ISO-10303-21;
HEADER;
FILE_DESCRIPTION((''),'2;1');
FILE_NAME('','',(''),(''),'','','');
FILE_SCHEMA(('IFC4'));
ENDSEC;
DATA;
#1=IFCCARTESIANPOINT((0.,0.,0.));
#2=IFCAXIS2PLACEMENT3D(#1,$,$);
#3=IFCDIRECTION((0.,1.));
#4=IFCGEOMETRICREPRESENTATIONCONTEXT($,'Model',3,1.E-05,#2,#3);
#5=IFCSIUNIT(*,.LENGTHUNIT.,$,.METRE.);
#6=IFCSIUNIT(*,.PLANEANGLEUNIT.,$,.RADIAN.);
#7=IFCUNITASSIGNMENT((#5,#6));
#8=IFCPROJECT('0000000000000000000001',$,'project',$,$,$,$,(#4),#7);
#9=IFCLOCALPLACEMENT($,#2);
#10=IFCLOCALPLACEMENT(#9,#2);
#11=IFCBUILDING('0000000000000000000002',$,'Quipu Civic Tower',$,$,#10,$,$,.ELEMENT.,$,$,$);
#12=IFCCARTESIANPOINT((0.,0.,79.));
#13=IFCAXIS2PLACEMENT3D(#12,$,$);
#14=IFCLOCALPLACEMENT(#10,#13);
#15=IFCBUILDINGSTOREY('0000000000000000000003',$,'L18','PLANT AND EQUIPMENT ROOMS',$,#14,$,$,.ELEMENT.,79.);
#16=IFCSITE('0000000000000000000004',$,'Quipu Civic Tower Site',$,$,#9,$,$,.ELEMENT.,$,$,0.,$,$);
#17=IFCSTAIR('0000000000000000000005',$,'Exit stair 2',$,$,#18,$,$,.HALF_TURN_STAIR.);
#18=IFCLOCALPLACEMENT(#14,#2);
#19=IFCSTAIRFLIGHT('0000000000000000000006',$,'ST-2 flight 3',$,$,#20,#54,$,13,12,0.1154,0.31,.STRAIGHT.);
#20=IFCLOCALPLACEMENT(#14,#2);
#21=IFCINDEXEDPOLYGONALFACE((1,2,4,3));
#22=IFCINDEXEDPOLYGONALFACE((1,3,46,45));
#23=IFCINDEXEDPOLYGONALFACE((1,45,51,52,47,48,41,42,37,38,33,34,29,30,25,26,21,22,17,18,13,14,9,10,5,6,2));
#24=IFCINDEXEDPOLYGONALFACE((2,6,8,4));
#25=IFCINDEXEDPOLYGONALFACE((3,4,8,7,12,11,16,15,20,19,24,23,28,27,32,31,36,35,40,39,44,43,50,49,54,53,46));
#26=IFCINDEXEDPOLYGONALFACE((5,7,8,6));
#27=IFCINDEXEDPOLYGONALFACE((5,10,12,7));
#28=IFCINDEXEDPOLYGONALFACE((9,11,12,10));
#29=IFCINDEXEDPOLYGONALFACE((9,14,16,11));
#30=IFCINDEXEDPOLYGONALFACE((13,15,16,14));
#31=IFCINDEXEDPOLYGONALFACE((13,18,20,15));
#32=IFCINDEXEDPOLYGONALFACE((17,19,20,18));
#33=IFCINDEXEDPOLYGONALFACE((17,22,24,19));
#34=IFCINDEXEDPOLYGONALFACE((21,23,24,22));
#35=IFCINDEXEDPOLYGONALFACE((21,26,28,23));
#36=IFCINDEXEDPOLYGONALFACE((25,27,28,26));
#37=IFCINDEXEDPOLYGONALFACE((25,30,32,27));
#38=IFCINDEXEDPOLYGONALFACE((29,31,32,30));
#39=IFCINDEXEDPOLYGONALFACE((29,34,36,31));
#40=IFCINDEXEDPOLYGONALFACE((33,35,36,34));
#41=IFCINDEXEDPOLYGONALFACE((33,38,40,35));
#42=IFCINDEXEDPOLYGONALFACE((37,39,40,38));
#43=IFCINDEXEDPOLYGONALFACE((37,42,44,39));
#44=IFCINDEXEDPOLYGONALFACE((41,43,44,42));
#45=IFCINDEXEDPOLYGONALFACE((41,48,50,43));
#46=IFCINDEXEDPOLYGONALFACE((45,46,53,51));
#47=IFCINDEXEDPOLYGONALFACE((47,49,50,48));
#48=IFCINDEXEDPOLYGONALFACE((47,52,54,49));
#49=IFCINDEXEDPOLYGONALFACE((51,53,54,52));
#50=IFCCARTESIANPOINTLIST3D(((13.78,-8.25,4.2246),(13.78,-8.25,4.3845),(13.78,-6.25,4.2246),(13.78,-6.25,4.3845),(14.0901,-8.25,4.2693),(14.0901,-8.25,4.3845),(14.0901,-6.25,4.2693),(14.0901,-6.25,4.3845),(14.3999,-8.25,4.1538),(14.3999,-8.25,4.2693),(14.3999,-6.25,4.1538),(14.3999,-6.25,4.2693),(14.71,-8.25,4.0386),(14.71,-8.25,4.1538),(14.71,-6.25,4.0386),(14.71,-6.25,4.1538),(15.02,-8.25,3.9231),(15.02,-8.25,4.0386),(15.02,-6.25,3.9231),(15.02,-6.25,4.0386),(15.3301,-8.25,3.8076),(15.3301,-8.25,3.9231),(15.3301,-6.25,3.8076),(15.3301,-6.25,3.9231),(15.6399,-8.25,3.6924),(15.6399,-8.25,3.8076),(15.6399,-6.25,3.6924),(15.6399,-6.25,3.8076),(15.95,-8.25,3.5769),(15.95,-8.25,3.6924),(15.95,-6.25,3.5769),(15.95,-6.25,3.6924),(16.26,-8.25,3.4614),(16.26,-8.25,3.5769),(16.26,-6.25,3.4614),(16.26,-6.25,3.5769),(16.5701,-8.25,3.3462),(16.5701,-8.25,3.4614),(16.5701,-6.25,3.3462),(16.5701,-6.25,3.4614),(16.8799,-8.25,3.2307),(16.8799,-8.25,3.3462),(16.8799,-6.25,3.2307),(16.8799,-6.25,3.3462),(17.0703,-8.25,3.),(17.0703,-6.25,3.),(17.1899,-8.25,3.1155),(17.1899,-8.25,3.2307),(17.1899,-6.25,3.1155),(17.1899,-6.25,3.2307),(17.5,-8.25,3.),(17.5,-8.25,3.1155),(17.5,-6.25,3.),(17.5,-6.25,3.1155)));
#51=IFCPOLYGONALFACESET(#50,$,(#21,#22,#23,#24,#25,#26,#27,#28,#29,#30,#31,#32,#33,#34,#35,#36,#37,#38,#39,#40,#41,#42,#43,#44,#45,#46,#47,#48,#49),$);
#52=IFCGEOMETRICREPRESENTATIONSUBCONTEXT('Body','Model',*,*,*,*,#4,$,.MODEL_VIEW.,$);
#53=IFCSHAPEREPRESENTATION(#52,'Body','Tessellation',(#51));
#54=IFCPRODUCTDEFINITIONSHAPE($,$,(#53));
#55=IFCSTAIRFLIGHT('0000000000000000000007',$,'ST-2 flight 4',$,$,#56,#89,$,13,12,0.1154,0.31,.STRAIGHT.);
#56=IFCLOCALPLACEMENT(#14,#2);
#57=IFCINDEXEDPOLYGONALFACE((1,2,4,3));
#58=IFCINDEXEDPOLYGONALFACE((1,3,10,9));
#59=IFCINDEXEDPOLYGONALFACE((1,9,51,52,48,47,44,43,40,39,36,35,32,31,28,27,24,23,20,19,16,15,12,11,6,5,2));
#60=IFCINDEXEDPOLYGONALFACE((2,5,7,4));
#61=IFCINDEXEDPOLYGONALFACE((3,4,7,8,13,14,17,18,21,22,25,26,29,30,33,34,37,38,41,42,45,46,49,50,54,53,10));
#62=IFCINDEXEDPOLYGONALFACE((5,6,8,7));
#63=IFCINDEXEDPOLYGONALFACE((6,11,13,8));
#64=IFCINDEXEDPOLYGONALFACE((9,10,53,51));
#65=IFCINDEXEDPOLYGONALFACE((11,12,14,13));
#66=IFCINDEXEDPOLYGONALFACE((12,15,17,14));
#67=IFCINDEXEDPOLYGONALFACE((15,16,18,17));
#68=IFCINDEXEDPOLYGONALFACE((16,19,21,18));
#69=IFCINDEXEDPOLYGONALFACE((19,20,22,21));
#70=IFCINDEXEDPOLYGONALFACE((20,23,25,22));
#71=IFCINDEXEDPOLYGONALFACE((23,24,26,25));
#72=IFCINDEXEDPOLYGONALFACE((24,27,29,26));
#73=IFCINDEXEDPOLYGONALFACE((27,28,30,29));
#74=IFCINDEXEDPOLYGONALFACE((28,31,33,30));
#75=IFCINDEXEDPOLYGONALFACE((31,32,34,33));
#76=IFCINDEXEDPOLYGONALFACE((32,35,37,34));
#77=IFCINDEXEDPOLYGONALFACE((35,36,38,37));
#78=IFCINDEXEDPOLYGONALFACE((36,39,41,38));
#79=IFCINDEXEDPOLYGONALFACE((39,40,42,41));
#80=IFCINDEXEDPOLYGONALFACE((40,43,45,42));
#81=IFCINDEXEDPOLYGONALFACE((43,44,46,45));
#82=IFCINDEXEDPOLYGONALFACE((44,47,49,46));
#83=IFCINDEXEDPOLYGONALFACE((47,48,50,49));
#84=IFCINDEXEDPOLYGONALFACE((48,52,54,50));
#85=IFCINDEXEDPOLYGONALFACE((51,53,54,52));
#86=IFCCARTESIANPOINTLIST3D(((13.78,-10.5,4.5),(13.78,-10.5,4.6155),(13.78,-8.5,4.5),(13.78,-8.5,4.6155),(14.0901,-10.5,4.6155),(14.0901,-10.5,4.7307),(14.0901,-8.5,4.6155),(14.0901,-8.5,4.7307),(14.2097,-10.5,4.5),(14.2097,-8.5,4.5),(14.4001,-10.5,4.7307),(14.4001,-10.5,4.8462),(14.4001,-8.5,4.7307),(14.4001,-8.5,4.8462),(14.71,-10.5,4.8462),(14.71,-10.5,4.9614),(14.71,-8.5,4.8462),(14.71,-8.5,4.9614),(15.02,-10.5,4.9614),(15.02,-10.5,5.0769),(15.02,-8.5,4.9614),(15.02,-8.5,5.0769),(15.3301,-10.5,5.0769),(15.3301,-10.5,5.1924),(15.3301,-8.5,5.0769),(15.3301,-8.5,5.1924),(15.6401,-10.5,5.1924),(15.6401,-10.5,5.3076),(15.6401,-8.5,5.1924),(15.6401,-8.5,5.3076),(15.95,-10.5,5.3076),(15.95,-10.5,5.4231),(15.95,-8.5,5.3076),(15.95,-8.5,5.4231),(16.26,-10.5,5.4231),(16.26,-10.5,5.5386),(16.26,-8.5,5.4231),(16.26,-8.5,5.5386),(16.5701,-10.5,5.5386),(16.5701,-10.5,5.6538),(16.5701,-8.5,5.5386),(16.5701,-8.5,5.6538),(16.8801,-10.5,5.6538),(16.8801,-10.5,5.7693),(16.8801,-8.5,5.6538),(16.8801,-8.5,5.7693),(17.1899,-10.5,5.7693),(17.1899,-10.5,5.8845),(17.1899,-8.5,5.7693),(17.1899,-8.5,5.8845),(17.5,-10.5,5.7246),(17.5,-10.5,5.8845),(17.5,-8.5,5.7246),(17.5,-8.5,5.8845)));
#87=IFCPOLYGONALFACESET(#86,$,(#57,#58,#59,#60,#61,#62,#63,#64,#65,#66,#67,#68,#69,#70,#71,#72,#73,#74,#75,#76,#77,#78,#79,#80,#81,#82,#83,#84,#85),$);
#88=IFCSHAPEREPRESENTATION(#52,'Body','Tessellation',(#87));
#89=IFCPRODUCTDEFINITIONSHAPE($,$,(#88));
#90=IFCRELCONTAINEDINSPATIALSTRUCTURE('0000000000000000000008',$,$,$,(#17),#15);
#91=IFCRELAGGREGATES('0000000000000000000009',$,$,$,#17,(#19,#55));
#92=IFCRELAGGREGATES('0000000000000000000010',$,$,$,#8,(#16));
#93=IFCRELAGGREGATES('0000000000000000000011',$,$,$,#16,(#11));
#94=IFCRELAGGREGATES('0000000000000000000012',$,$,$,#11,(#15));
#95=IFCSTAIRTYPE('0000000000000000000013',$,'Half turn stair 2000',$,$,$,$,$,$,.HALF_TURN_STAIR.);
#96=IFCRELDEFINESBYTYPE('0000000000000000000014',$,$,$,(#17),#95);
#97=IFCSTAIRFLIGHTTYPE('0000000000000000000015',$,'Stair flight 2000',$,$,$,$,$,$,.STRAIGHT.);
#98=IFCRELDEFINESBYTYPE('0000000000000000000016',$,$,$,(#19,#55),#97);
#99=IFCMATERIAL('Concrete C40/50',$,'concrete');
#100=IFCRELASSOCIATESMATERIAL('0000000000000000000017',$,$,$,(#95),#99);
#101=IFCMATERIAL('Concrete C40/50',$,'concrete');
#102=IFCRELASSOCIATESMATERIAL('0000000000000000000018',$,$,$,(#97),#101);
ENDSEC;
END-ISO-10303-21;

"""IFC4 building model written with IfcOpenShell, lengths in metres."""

from ifc_helpers import new_model, si_unit, direction, frame, origin, place, context, subcontext, project, spatial, polyline, outline, extrude, material, type_object, element, aggregate, save


model = new_model("IFC4")

# Units and contexts
model_context = context("Model", 3, precision=1e-05, world=origin(), true_north=direction((0.0, 1.0)))
body_context = subcontext(model_context, "Body", "Model", "MODEL_VIEW")
ifc_project = project(units=[si_unit("LENGTHUNIT", "METRE"), si_unit("PLANEANGLEUNIT", "RADIAN")], contexts=[model_context])

# Site, building, storey
site_placement = place(None, origin())
site = spatial("IfcSite", under=ifc_project, at=site_placement, Name="Quipu Civic Tower Site", CompositionType="ELEMENT", RefElevation=0.0)
building_placement = place(site_placement, origin())
building = spatial("IfcBuilding", under=site, at=building_placement, Name="Quipu Civic Tower", CompositionType="ELEMENT")
storey_placement = place(building_placement, frame((0.0, 0.0, 79.0)))
storey = spatial("IfcBuildingStorey", under=building, at=storey_placement, Name="L18", Description="PLANT AND EQUIPMENT ROOMS", CompositionType="ELEMENT", Elevation=79.0)

# Stair, stair flights
ifc_material_1 = material(Name="Concrete C40/50", Category="concrete")
stair_type = type_object("IfcStairType", Name="Half turn stair 2000", PredefinedType="HALF_TURN_STAIR", material=ifc_material_1)
stair_placement = place(storey_placement, origin())
stair = element("IfcStair", 1, at=stair_placement, inside=storey, type_object=stair_type, Name="Exit stair 2", PredefinedType="HALF_TURN_STAIR")
ifc_material_2 = material(Name="Concrete C40/50", Category="concrete")
stair_flight_type = type_object("IfcStairFlightType", Name="Stair flight 2000", PredefinedType="STRAIGHT", material=ifc_material_2)
stair_flight_1_placement = place(storey_placement, frame((17.5, -7.25, 3.0), z_axis=(0.0, 0.0, 1.0), x_axis=(-1.0, 0.0, 0.0)))
stair_flight_1 = element("IfcStairFlight", 2, at=stair_flight_1_placement, type_object=stair_flight_type, Name="ST-2 flight 3", NumberOfRisers=13, NumberOfTreads=12, PredefinedType="STRAIGHT", RiserHeight=0.1154, TreadLength=0.31, context=body_context, shape_type="SweptSolid", body=[
    extrude(outline(polyline([(0.0, 0.0), (0.0, 0.1155), (0.3101, 0.1155), (0.3101, 0.2307), (0.6201, 0.2307), (0.6201, 0.3462), (0.9299, 0.3462), (0.9299, 0.4614), (1.24, 0.4614), (1.24, 0.5769), (1.55, 0.5769), (1.55, 0.6924), (1.8601, 0.6924), (1.8601, 0.8076), (2.1699, 0.8076), (2.1699, 0.9231), (2.48, 0.9231), (2.48, 1.0386), (2.79, 1.0386), (2.79, 1.1538), (3.1001, 1.1538), (3.1001, 1.2693), (3.4099, 1.2693), (3.4099, 1.3845), (3.72, 1.3845), (3.72, 1.5), (3.72, 1.2246), (0.4297, 0.0), (0.0, 0.0)])), frame((0.0, 1.0, 0.0), z_axis=(0.0, -1.0, 0.0), x_axis=(1.0, 0.0, 0.0)), (0.0, 0.0, 1.0), 2.0),
])
stair_flight_2_placement = place(storey_placement, frame((13.78, -9.5, 4.5), z_axis=(0.0, 0.0, 1.0), x_axis=(1.0, 0.0, 0.0)))
stair_flight_2 = element("IfcStairFlight", 3, at=stair_flight_2_placement, type_object=stair_flight_type, Name="ST-2 flight 4", NumberOfRisers=13, NumberOfTreads=12, PredefinedType="STRAIGHT", RiserHeight=0.1154, TreadLength=0.31, context=body_context, shape_type="SweptSolid", body=[
    extrude(outline(polyline([(0.0, 0.0), (0.0, 0.1155), (0.3101, 0.1155), (0.3101, 0.2307), (0.6201, 0.2307), (0.6201, 0.3462), (0.9299, 0.3462), (0.9299, 0.4614), (1.24, 0.4614), (1.24, 0.5769), (1.55, 0.5769), (1.55, 0.6924), (1.8601, 0.6924), (1.8601, 0.8076), (2.1699, 0.8076), (2.1699, 0.9231), (2.48, 0.9231), (2.48, 1.0386), (2.79, 1.0386), (2.79, 1.1538), (3.1001, 1.1538), (3.1001, 1.2693), (3.4099, 1.2693), (3.4099, 1.3845), (3.72, 1.3845), (3.72, 1.5), (3.72, 1.2246), (0.4297, 0.0), (0.0, 0.0)])), frame((0.0, 1.0, 0.0), z_axis=(0.0, -1.0, 0.0), x_axis=(1.0, 0.0, 0.0)), (0.0, 0.0, 1.0), 2.0),
])
aggregate(stair, [stair_flight_1, stair_flight_2])

save(model, "model.ifc")
